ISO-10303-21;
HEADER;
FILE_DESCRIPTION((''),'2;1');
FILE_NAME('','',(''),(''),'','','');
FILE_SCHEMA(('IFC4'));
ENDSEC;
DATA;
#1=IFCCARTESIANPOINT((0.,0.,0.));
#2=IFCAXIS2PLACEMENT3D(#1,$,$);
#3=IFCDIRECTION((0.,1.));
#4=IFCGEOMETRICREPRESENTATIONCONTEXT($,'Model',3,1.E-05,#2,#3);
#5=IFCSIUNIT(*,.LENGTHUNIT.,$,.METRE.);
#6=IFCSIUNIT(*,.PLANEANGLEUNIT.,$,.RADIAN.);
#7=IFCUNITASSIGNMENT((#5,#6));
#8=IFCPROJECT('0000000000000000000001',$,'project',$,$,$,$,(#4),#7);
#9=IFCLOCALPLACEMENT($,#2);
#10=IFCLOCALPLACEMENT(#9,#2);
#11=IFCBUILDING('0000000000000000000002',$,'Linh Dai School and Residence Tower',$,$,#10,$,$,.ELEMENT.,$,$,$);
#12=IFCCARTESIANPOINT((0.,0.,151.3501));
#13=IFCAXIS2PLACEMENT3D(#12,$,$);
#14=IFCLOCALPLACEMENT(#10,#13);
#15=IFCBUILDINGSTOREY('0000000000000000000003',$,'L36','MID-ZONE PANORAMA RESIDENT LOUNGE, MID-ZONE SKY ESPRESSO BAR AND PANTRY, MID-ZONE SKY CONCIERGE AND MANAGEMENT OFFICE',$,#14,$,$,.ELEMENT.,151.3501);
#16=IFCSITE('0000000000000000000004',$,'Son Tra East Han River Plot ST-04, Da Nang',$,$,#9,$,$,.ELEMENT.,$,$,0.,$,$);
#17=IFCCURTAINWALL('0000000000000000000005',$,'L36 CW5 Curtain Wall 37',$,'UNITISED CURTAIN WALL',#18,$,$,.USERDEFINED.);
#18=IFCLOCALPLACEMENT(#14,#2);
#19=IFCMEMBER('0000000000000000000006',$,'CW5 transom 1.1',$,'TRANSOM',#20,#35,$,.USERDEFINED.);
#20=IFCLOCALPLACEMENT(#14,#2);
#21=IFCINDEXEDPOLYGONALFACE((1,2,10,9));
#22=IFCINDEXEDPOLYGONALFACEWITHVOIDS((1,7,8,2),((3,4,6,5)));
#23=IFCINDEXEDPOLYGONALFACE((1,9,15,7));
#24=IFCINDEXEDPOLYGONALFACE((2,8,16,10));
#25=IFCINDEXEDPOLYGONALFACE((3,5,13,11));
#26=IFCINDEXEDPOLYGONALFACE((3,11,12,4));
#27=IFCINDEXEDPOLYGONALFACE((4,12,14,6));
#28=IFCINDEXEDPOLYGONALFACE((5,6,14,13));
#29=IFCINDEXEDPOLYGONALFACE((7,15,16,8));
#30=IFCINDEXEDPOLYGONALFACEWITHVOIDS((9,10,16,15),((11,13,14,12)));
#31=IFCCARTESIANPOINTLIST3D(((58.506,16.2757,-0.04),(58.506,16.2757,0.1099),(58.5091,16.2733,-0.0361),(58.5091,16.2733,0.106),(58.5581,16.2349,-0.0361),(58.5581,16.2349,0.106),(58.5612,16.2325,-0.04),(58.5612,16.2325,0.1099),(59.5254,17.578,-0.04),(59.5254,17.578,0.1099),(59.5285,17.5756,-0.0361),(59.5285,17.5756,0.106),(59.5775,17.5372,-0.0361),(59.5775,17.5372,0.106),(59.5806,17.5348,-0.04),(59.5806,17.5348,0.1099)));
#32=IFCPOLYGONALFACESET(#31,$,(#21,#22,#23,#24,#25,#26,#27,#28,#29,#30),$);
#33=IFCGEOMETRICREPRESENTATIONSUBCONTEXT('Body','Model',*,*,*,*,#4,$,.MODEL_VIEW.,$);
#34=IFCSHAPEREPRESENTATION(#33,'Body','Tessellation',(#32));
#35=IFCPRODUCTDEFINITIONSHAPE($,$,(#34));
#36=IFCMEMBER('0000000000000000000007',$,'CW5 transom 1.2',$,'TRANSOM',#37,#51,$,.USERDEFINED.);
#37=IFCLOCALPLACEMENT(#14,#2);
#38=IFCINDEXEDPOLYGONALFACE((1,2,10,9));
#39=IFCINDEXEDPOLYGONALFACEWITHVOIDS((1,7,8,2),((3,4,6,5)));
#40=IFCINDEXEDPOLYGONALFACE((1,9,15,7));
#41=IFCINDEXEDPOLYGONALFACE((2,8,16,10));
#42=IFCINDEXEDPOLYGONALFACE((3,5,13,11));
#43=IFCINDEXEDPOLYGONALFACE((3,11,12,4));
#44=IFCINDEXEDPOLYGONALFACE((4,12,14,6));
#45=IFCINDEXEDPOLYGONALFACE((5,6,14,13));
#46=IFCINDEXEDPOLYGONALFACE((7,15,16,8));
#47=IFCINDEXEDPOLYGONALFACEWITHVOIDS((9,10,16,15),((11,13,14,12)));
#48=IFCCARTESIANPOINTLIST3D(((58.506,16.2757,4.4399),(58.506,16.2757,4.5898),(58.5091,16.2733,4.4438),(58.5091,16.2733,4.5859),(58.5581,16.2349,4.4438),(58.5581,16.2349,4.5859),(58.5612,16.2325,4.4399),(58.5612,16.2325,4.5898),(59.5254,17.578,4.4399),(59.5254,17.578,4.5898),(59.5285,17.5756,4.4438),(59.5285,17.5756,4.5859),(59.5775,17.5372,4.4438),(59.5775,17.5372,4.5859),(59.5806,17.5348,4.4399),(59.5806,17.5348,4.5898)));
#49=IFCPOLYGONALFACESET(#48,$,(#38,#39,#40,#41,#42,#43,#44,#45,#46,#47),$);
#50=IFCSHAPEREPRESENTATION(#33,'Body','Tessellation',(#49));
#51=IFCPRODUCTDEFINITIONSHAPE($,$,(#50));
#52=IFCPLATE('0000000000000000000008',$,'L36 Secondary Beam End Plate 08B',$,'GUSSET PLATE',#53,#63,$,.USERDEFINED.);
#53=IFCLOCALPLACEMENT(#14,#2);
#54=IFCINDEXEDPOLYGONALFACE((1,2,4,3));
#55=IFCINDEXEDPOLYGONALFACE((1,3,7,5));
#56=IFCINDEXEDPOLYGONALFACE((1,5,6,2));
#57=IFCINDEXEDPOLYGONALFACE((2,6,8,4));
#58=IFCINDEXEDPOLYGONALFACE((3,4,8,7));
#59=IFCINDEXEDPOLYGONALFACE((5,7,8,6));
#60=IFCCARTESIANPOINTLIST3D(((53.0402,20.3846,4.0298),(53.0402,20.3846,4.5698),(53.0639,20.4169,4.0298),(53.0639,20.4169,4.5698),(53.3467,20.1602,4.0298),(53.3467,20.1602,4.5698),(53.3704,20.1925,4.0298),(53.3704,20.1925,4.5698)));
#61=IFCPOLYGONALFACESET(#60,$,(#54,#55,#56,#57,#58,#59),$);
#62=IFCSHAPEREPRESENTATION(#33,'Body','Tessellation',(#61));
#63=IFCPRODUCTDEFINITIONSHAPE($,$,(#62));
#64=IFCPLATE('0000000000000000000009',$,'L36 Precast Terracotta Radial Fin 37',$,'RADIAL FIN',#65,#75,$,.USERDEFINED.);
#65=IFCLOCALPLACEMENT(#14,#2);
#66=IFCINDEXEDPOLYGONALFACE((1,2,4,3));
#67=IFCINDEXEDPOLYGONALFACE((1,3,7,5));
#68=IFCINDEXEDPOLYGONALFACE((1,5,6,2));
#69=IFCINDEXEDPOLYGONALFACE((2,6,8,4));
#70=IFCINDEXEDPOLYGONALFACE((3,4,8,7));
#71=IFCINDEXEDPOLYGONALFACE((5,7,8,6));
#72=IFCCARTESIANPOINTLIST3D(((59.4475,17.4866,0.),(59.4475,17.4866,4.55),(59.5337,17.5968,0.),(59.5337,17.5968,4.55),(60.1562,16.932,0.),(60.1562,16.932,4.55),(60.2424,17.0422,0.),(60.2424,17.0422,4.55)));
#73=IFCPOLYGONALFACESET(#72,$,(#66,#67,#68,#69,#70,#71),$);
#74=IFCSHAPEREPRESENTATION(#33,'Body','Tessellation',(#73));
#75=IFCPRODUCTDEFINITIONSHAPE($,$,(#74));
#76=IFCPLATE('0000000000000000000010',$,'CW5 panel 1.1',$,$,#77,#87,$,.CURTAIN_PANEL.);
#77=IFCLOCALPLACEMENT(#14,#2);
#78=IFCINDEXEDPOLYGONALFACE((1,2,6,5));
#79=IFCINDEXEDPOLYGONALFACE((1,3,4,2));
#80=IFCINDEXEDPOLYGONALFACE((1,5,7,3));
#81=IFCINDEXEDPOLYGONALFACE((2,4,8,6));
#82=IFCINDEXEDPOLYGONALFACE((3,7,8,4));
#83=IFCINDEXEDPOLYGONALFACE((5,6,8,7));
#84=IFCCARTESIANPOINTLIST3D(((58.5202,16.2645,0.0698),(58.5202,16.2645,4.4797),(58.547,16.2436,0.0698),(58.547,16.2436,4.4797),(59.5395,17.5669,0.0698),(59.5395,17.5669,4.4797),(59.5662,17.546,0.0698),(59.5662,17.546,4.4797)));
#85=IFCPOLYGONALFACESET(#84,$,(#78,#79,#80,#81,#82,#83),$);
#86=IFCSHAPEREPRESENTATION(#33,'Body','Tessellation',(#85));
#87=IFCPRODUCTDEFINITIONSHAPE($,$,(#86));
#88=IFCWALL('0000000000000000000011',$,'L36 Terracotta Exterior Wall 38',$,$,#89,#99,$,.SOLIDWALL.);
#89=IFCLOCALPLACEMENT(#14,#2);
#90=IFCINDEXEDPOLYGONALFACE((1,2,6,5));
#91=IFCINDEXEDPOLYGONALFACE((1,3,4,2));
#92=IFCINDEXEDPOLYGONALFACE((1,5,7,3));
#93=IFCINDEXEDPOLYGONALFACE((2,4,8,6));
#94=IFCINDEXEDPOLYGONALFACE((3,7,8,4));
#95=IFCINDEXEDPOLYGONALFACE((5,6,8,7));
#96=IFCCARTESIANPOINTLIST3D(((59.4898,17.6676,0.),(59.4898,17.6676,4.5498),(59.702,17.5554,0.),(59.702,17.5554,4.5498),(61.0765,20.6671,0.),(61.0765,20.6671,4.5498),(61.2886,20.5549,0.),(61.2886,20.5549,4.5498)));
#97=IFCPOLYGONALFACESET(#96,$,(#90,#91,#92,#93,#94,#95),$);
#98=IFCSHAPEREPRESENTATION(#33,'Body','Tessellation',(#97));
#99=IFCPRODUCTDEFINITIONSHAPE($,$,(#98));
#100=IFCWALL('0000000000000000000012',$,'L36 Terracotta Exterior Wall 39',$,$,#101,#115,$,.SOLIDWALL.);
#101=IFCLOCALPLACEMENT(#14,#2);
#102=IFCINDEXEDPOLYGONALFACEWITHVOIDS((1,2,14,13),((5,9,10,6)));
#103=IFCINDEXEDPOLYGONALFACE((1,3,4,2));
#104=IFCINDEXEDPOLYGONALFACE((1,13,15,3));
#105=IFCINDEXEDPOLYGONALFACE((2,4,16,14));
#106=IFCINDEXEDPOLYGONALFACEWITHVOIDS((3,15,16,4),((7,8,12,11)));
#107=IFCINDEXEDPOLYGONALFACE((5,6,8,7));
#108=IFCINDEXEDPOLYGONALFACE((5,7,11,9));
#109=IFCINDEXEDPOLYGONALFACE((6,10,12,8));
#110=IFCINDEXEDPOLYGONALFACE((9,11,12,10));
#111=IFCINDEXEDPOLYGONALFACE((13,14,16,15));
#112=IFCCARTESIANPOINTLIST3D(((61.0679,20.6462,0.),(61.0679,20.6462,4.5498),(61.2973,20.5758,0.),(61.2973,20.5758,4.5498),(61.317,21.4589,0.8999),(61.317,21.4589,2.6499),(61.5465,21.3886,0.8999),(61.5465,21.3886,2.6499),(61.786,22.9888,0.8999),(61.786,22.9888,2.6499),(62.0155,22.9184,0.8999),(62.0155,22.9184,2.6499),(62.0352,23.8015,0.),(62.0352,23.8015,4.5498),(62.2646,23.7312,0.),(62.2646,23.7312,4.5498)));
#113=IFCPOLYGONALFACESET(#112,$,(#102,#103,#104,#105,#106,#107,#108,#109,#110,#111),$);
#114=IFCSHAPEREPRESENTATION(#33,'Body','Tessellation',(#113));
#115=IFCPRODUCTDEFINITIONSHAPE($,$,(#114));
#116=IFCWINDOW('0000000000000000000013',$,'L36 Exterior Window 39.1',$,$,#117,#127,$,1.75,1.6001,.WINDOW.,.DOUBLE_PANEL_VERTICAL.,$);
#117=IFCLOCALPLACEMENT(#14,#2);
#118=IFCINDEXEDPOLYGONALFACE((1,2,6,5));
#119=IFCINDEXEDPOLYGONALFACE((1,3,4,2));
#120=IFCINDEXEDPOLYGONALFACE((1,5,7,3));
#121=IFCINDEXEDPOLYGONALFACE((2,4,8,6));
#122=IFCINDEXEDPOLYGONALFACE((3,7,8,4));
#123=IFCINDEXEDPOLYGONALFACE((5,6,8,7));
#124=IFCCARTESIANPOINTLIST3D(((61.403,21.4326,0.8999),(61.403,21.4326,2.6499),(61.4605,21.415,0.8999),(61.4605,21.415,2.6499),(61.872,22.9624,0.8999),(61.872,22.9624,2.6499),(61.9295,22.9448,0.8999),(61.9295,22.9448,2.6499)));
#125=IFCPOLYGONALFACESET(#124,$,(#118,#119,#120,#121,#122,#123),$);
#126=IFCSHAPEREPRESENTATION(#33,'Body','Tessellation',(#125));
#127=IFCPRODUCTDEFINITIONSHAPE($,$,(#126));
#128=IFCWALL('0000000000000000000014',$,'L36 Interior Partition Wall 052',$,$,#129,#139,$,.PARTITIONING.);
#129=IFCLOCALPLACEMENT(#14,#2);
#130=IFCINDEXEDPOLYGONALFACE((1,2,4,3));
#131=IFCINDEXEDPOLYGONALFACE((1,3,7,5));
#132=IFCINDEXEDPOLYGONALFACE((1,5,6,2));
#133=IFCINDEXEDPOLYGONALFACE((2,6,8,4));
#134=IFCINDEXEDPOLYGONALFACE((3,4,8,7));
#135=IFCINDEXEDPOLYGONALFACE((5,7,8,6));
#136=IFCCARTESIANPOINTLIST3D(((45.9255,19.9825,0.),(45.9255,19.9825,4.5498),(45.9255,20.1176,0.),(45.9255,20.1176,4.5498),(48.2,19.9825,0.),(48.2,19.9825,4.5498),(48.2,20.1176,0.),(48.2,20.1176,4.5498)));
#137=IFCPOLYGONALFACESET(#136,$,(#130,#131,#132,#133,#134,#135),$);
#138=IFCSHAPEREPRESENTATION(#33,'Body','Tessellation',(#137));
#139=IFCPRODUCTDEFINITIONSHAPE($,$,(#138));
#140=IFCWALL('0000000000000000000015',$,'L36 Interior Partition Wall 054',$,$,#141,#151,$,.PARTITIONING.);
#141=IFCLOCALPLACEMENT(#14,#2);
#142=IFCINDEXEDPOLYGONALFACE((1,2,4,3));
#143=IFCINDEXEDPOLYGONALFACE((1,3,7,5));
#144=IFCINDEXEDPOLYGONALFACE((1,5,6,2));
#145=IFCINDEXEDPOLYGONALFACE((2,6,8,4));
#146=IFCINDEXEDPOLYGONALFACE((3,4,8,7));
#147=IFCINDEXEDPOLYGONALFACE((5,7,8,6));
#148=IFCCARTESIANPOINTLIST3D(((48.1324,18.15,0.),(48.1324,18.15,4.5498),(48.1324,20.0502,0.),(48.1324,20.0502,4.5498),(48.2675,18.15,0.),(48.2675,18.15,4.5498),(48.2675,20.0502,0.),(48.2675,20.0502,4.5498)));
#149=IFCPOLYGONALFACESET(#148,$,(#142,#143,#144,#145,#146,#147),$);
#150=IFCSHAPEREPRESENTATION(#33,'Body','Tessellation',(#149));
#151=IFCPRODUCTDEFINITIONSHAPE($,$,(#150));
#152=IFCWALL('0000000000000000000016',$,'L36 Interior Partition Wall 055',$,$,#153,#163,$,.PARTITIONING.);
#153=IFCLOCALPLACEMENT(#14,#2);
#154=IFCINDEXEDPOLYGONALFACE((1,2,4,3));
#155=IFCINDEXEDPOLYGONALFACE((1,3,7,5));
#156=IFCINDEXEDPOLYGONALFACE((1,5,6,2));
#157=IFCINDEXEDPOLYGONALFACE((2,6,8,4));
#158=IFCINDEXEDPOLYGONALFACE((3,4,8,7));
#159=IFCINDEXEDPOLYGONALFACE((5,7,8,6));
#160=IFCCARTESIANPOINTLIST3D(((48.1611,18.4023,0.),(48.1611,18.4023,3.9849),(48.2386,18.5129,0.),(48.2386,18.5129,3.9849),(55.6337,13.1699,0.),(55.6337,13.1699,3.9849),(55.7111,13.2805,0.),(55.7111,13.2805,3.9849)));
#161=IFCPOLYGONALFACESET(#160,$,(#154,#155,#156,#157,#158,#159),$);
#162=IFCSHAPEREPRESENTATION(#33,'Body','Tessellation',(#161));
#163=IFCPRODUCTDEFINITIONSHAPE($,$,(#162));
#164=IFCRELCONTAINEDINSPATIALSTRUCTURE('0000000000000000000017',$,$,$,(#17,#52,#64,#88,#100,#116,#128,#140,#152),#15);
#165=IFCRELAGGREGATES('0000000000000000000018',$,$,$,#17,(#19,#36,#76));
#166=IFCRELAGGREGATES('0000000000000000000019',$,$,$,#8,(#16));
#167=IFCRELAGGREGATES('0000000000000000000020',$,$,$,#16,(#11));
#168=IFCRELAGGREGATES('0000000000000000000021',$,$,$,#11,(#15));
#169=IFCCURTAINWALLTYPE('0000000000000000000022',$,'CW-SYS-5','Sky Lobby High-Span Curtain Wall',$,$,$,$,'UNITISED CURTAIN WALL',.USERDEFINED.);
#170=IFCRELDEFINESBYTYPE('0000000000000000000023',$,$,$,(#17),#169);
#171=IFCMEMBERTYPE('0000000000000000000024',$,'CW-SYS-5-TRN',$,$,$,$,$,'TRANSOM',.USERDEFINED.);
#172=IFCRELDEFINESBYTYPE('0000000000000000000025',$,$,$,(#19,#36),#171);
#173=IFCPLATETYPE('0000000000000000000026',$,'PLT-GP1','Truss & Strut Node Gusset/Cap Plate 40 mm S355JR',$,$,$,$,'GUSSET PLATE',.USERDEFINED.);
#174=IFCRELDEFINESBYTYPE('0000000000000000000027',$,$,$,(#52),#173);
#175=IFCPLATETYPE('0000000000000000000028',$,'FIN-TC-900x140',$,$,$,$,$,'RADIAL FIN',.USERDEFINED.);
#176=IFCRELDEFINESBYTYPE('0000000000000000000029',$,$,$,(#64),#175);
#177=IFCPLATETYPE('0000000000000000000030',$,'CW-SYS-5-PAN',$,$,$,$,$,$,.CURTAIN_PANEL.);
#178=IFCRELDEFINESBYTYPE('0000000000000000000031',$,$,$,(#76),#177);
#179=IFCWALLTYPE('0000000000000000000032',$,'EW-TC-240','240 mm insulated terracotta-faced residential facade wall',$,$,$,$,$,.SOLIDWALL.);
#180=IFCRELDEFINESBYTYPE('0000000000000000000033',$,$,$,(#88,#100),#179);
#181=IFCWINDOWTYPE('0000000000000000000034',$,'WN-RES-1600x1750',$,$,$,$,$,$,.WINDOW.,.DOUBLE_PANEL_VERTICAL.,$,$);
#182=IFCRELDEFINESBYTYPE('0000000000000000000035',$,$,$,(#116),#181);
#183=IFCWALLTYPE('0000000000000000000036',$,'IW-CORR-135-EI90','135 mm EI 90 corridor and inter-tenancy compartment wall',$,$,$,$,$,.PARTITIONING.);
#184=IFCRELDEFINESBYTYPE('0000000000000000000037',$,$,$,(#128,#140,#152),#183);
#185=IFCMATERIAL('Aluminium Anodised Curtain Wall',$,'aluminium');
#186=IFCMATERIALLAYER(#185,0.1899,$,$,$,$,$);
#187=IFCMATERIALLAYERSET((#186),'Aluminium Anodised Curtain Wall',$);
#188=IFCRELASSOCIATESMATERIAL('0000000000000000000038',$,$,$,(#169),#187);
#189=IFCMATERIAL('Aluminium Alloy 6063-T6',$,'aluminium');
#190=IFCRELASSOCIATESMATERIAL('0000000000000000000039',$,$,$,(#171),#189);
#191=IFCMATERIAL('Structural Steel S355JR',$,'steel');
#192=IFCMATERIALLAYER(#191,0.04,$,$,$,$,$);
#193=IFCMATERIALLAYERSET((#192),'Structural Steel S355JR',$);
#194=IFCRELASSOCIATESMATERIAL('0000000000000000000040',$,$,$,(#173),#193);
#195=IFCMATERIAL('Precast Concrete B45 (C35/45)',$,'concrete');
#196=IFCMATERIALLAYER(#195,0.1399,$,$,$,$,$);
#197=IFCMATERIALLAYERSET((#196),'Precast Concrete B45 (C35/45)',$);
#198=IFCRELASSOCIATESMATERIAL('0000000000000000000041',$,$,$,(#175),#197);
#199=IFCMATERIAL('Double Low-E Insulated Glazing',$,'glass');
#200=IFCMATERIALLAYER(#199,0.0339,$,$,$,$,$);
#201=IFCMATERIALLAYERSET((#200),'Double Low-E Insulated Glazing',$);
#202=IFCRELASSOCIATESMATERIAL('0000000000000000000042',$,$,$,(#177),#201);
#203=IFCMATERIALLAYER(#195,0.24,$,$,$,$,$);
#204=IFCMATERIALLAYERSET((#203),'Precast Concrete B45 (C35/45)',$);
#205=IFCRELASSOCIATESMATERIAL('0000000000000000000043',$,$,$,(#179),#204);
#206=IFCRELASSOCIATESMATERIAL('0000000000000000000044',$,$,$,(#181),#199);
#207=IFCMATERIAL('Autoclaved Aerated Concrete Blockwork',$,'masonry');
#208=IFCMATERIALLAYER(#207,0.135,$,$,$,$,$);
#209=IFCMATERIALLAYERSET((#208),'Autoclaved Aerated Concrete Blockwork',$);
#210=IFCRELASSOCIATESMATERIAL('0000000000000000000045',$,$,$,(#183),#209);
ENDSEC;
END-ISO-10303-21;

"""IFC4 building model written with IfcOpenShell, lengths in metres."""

from ifc_helpers import new_model, si_unit, direction, frame, frame_2d, origin, origin_2d, place, context, subcontext, project, spatial, rectangle, hollow_rectangle, extrude, source, transform, mapped, material, layer, layer_set, material_profile, profile_set, type_object, element, fill, aggregate, save


model = new_model("IFC4")

# Units and contexts
model_context = context("Model", 3, precision=1e-05, world=origin(), true_north=direction((0.0, 1.0)))
body_context = subcontext(model_context, "Body", "Model", "MODEL_VIEW")
ifc_project = project(units=[si_unit("LENGTHUNIT", "METRE"), si_unit("PLANEANGLEUNIT", "RADIAN")], contexts=[model_context])

# Site, building, storey
site_placement = place(None, origin())
site = spatial("IfcSite", under=ifc_project, at=site_placement, Name="Son Tra East Han River Plot ST-04, Da Nang", CompositionType="ELEMENT", RefElevation=0.0)
building_placement = place(site_placement, origin())
building = spatial("IfcBuilding", under=site, at=building_placement, Name="Linh Dai School and Residence Tower", CompositionType="ELEMENT")
storey_placement = place(building_placement, frame((0.0, 0.0, 151.3501)))
storey = spatial("IfcBuildingStorey", under=building, at=storey_placement, Name="L36", Description="MID-ZONE PANORAMA RESIDENT LOUNGE, MID-ZONE SKY ESPRESSO BAR AND PANTRY, MID-ZONE SKY CONCIERGE AND MANAGEMENT OFFICE", CompositionType="ELEMENT", Elevation=151.3501)

# Shared definitions
ifc_material_1 = material(Name="Structural Steel S355JR", Category="steel")

# Curtain wall, members
ifc_material_2 = material(Name="Aluminium Anodised Curtain Wall", Category="aluminium")
ifc_layer_1 = layer(ifc_material_2, 0.1899)
ifc_layer_set_1 = layer_set([ifc_layer_1], Name="Aluminium Anodised Curtain Wall")
curtain_wall_type = type_object("IfcCurtainWallType", Name="CW-SYS-5", Description="Sky Lobby High-Span Curtain Wall", ElementType="UNITISED CURTAIN WALL", PredefinedType="USERDEFINED", material=ifc_layer_set_1)
curtain_wall_placement = place(storey_placement, origin())
curtain_wall = element("IfcCurtainWall", 1, at=curtain_wall_placement, inside=storey, type_object=curtain_wall_type, Name="L36 CW5 Curtain Wall 37", ObjectType="UNITISED CURTAIN WALL", PredefinedType="USERDEFINED")
ifc_material_3 = material(Name="Aluminium Alloy 6063-T6", Category="aluminium")
ifc_material_profile_1 = material_profile(ifc_material_3, hollow_rectangle(XDim=0.0701, YDim=0.1499, WallThickness=0.0039, at=origin_2d()), Name="RHS 150x70x4")
ifc_profile_set_1 = profile_set([ifc_material_profile_1], Name="Aluminium Alloy 6063-T6")
member_type_1 = type_object("IfcMemberType", Name="CW-SYS-5-TRN", ElementType="TRANSOM", PredefinedType="USERDEFINED", material=ifc_profile_set_1)
shared_shape_1 = source(origin(), body_context, "Body", "SweptSolid", [
    extrude(hollow_rectangle(XDim=0.0701, YDim=0.1499, WallThickness=0.0039, at=origin_2d()), origin(), (0.0, 0.0, 1.0), 1.6538),
])
member_1_placement = place(storey_placement, frame((59.553, 17.5564, 0.0349), z_axis=(-0.61636, -0.787465, 0.0), x_axis=(0.787465, -0.61636, 0.0)))
member_1 = element("IfcMember", 2, at=member_1_placement, type_object=member_type_1, Name="CW5 transom 1.1", ObjectType="TRANSOM", PredefinedType="USERDEFINED", context=body_context, shape_type="MappedRepresentation", body=[
    mapped(shared_shape_1, transform((0.0, 0.0, 0.0), x_axis=(1.0, 0.0, 0.0), y_axis=(0.0, 1.0, 0.0), z_axis=(0.0, 0.0, 1.0), scale=1.0)),
])
member_2_placement = place(storey_placement, frame((59.553, 17.5564, 4.5149), z_axis=(-0.61636, -0.787465, 0.0), x_axis=(0.787465, -0.61636, 0.0)))
member_2 = element("IfcMember", 3, at=member_2_placement, type_object=member_type_1, Name="CW5 transom 1.2", ObjectType="TRANSOM", PredefinedType="USERDEFINED", context=body_context, shape_type="MappedRepresentation", body=[
    mapped(shared_shape_1, transform((0.0, 0.0, 0.0), x_axis=(1.0, 0.0, 0.0), y_axis=(0.0, 1.0, 0.0), z_axis=(0.0, 0.0, 1.0), scale=1.0)),
])

# Plates
ifc_layer_2 = layer(ifc_material_1, 0.04)
ifc_layer_set_2 = layer_set([ifc_layer_2], Name="Structural Steel S355JR")
plate_type_1 = type_object("IfcPlateType", Name="PLT-GP1", Description="Truss & Strut Node Gusset/Cap Plate 40 mm S355JR", ElementType="GUSSET PLATE", PredefinedType="USERDEFINED", material=ifc_layer_set_2)
shared_shape_2 = source(origin(), body_context, "Body", "SweptSolid", [
    extrude(rectangle(XDim=0.04, YDim=0.3799, at=origin_2d()), origin(), (0.0, 0.0, 1.0), 0.54),
])
plate_1_placement = place(storey_placement, frame((53.2053, 20.2886, 4.0298), z_axis=(0.0, 0.0, 1.0), x_axis=(0.590797, 0.80682, 0.0)))
element("IfcPlate", 4, at=plate_1_placement, inside=storey, type_object=plate_type_1, Name="L36 Secondary Beam End Plate 08B", ObjectType="GUSSET PLATE", PredefinedType="USERDEFINED", context=body_context, shape_type="MappedRepresentation", body=[
    mapped(shared_shape_2, transform((0.0, 0.0, 0.0), x_axis=(1.0, 0.0, 0.0), y_axis=(0.0, 1.0, 0.0), z_axis=(0.0, 0.0, 1.0), scale=1.0)),
])
ifc_material_4 = material(Name="Precast Concrete B45 (C35/45)", Category="concrete")
ifc_layer_3 = layer(ifc_material_4, 0.1399)
ifc_layer_set_3 = layer_set([ifc_layer_3], Name="Precast Concrete B45 (C35/45)")
plate_type_2 = type_object("IfcPlateType", Name="FIN-TC-900x140", ElementType="RADIAL FIN", PredefinedType="USERDEFINED", material=ifc_layer_set_3)
shared_shape_3 = source(origin(), body_context, "Body", "SweptSolid", [
    extrude(rectangle(XDim=0.8999, YDim=0.1399, at=origin_2d()), origin(), (0.0, 0.0, 1.0), 4.55),
])
plate_2_placement = place(storey_placement, frame((59.845, 17.2644, 0.0), z_axis=(0.0, 0.0, 1.0), x_axis=(0.787522, -0.616286, 0.0)))
element("IfcPlate", 5, at=plate_2_placement, inside=storey, type_object=plate_type_2, Name="L36 Precast Terracotta Radial Fin 37", ObjectType="RADIAL FIN", PredefinedType="USERDEFINED", context=body_context, shape_type="MappedRepresentation", body=[
    mapped(shared_shape_3, transform((0.0, 0.0, 0.0), x_axis=(1.0, 0.0, 0.0), y_axis=(0.0, 1.0, 0.0), z_axis=(0.0, 0.0, 1.0), scale=1.0)),
])

# Plate
ifc_material_5 = material(Name="Double Low-E Insulated Glazing", Category="glass")
ifc_layer_4 = layer(ifc_material_5, 0.0339)
ifc_layer_set_4 = layer_set([ifc_layer_4], Name="Double Low-E Insulated Glazing")
plate_type_3 = type_object("IfcPlateType", Name="CW-SYS-5-PAN", PredefinedType="CURTAIN_PANEL", material=ifc_layer_set_4)
shared_shape_4 = source(origin(), body_context, "Body", "SweptSolid", [
    extrude(rectangle(XDim=1.6538, YDim=0.0339, at=origin_2d()), origin(), (0.0, 0.0, 1.0), 4.4099),
])
plate_3_placement = place(storey_placement, frame((59.0432, 16.9053, 0.0698), z_axis=(0.0, 0.0, 1.0), x_axis=(-0.616286, -0.787522, 0.0)))
plate_3 = element("IfcPlate", 6, at=plate_3_placement, type_object=plate_type_3, Name="CW5 panel 1.1", PredefinedType="CURTAIN_PANEL", context=body_context, shape_type="MappedRepresentation", body=[
    mapped(shared_shape_4, transform((0.0, 0.0, 0.0), x_axis=(1.0, 0.0, 0.0), y_axis=(0.0, 1.0, 0.0), z_axis=(0.0, 0.0, 1.0), scale=1.0)),
])
aggregate(curtain_wall, [member_1, member_2, plate_3])

# Wall
ifc_layer_5 = layer(ifc_material_4, 0.24)
ifc_layer_set_5 = layer_set([ifc_layer_5], Name="Precast Concrete B45 (C35/45)")
wall_type_1 = type_object("IfcWallType", Name="EW-TC-240", Description="240 mm insulated terracotta-faced residential facade wall", PredefinedType="SOLIDWALL", material=ifc_layer_set_5)
wall_1_placement = place(storey_placement, frame((61.1826, 20.6111, 0.0), z_axis=(0.0, 0.0, 1.0), x_axis=(-0.467587, -0.883947, 0.0)))
element("IfcWall", 7, at=wall_1_placement, inside=storey, type_object=wall_type_1, Name="L36 Terracotta Exterior Wall 38", PredefinedType="SOLIDWALL", context=body_context, shape_type="SweptSolid", body=[
    extrude(rectangle(XDim=3.3933, YDim=0.24, at=frame_2d((1.6968, 0.0))), origin(), (0.0, 0.0, 1.0), 4.5498),
])

# Wall, opening, window
wall_2_placement = place(storey_placement, frame((62.1499, 23.7664, 0.0), z_axis=(0.0, 0.0, 1.0), x_axis=(-0.293098, -0.956082, 0.0)))
wall_2 = element("IfcWall", 8, at=wall_2_placement, inside=storey, type_object=wall_type_1, Name="L36 Terracotta Exterior Wall 39", PredefinedType="SOLIDWALL", context=body_context, shape_type="SweptSolid", body=[
    extrude(rectangle(XDim=3.3003, YDim=0.24, at=frame_2d((1.6501, 0.0))), origin(), (0.0, 0.0, 1.0), 4.5498),
])
opening_placement = place(wall_2_placement, frame((0.8501, 0.0, 0.8999)))
opening = element("IfcOpeningElement", 9, at=opening_placement, cuts=wall_2, PredefinedType="OPENING", context=body_context, shape_type="SweptSolid", body=[
    extrude(rectangle(XDim=1.6001, YDim=1.75, at=origin_2d()), frame((0.8, 0.1299, 0.875), z_axis=(0.0, -1.0, 0.0), x_axis=(1.0, 0.0, 0.0)), (0.0, 0.0, 1.0), 0.26),
])
window_type = type_object("IfcWindowType", Name="WN-RES-1600x1750", PartitioningType="DOUBLE_PANEL_VERTICAL", PredefinedType="WINDOW", material=ifc_material_5)
shared_shape_5 = source(origin(), body_context, "Body", "SweptSolid", [
    extrude(rectangle(XDim=1.6001, YDim=1.75, at=origin_2d()), frame((0.8, 0.03, 0.875), z_axis=(0.0, -1.0, 0.0), x_axis=(1.0, 0.0, 0.0)), (0.0, 0.0, 1.0), 0.0601),
])
window_placement = place(opening_placement, origin())
window = element("IfcWindow", 10, at=window_placement, inside=storey, type_object=window_type, Name="L36 Exterior Window 39.1", OverallHeight=1.75, OverallWidth=1.6001, PartitioningType="DOUBLE_PANEL_VERTICAL", PredefinedType="WINDOW", context=body_context, shape_type="MappedRepresentation", body=[
    mapped(shared_shape_5, transform((0.0, 0.0, 0.0), x_axis=(1.0, 0.0, 0.0), y_axis=(0.0, 1.0, 0.0), z_axis=(0.0, 0.0, 1.0), scale=1.0)),
])
fill(opening, window)

# Walls
ifc_material_6 = material(Name="Autoclaved Aerated Concrete Blockwork", Category="masonry")
ifc_layer_6 = layer(ifc_material_6, 0.135)
ifc_layer_set_6 = layer_set([ifc_layer_6], Name="Autoclaved Aerated Concrete Blockwork")
wall_type_2 = type_object("IfcWallType", Name="IW-CORR-135-EI90", Description="135 mm EI 90 corridor and inter-tenancy compartment wall", PredefinedType="PARTITIONING", material=ifc_layer_set_6)
wall_3_placement = place(storey_placement, frame((45.9255, 20.05, 0.0), z_axis=(0.0, 0.0, 1.0), x_axis=(1.0, 0.0, 0.0)))
element("IfcWall", 11, at=wall_3_placement, inside=storey, type_object=wall_type_2, Name="L36 Interior Partition Wall 052", PredefinedType="PARTITIONING", context=body_context, shape_type="SweptSolid", body=[
    extrude(rectangle(XDim=2.2744, YDim=0.135, at=frame_2d((1.1372, 0.0))), origin(), (0.0, 0.0, 1.0), 4.5498),
])
wall_4_placement = place(storey_placement, frame((48.2, 18.1499, 0.0), z_axis=(0.0, 0.0, 1.0), x_axis=(0.0, 1.0, 0.0)))
element("IfcWall", 12, at=wall_4_placement, inside=storey, type_object=wall_type_2, Name="L36 Interior Partition Wall 054", PredefinedType="PARTITIONING", context=body_context, shape_type="SweptSolid", body=[
    extrude(rectangle(XDim=1.9001, YDim=0.135, at=frame_2d((0.9502, 0.0))), origin(), (0.0, 0.0, 1.0), 4.5498),
])
wall_5_placement = place(storey_placement, frame((48.2, 18.4575, 0.0), z_axis=(0.0, 0.0, 1.0), x_axis=(0.819151, -0.573577, 0.0)))
element("IfcWall", 13, at=wall_5_placement, inside=storey, type_object=wall_type_2, Name="L36 Interior Partition Wall 055", PredefinedType="PARTITIONING", context=body_context, shape_type="SweptSolid", body=[
    extrude(rectangle(XDim=9.1223, YDim=0.135, at=frame_2d((4.561, 0.0))), origin(), (0.0, 0.0, 1.0), 3.9849),
])

save(model, "model.ifc")
